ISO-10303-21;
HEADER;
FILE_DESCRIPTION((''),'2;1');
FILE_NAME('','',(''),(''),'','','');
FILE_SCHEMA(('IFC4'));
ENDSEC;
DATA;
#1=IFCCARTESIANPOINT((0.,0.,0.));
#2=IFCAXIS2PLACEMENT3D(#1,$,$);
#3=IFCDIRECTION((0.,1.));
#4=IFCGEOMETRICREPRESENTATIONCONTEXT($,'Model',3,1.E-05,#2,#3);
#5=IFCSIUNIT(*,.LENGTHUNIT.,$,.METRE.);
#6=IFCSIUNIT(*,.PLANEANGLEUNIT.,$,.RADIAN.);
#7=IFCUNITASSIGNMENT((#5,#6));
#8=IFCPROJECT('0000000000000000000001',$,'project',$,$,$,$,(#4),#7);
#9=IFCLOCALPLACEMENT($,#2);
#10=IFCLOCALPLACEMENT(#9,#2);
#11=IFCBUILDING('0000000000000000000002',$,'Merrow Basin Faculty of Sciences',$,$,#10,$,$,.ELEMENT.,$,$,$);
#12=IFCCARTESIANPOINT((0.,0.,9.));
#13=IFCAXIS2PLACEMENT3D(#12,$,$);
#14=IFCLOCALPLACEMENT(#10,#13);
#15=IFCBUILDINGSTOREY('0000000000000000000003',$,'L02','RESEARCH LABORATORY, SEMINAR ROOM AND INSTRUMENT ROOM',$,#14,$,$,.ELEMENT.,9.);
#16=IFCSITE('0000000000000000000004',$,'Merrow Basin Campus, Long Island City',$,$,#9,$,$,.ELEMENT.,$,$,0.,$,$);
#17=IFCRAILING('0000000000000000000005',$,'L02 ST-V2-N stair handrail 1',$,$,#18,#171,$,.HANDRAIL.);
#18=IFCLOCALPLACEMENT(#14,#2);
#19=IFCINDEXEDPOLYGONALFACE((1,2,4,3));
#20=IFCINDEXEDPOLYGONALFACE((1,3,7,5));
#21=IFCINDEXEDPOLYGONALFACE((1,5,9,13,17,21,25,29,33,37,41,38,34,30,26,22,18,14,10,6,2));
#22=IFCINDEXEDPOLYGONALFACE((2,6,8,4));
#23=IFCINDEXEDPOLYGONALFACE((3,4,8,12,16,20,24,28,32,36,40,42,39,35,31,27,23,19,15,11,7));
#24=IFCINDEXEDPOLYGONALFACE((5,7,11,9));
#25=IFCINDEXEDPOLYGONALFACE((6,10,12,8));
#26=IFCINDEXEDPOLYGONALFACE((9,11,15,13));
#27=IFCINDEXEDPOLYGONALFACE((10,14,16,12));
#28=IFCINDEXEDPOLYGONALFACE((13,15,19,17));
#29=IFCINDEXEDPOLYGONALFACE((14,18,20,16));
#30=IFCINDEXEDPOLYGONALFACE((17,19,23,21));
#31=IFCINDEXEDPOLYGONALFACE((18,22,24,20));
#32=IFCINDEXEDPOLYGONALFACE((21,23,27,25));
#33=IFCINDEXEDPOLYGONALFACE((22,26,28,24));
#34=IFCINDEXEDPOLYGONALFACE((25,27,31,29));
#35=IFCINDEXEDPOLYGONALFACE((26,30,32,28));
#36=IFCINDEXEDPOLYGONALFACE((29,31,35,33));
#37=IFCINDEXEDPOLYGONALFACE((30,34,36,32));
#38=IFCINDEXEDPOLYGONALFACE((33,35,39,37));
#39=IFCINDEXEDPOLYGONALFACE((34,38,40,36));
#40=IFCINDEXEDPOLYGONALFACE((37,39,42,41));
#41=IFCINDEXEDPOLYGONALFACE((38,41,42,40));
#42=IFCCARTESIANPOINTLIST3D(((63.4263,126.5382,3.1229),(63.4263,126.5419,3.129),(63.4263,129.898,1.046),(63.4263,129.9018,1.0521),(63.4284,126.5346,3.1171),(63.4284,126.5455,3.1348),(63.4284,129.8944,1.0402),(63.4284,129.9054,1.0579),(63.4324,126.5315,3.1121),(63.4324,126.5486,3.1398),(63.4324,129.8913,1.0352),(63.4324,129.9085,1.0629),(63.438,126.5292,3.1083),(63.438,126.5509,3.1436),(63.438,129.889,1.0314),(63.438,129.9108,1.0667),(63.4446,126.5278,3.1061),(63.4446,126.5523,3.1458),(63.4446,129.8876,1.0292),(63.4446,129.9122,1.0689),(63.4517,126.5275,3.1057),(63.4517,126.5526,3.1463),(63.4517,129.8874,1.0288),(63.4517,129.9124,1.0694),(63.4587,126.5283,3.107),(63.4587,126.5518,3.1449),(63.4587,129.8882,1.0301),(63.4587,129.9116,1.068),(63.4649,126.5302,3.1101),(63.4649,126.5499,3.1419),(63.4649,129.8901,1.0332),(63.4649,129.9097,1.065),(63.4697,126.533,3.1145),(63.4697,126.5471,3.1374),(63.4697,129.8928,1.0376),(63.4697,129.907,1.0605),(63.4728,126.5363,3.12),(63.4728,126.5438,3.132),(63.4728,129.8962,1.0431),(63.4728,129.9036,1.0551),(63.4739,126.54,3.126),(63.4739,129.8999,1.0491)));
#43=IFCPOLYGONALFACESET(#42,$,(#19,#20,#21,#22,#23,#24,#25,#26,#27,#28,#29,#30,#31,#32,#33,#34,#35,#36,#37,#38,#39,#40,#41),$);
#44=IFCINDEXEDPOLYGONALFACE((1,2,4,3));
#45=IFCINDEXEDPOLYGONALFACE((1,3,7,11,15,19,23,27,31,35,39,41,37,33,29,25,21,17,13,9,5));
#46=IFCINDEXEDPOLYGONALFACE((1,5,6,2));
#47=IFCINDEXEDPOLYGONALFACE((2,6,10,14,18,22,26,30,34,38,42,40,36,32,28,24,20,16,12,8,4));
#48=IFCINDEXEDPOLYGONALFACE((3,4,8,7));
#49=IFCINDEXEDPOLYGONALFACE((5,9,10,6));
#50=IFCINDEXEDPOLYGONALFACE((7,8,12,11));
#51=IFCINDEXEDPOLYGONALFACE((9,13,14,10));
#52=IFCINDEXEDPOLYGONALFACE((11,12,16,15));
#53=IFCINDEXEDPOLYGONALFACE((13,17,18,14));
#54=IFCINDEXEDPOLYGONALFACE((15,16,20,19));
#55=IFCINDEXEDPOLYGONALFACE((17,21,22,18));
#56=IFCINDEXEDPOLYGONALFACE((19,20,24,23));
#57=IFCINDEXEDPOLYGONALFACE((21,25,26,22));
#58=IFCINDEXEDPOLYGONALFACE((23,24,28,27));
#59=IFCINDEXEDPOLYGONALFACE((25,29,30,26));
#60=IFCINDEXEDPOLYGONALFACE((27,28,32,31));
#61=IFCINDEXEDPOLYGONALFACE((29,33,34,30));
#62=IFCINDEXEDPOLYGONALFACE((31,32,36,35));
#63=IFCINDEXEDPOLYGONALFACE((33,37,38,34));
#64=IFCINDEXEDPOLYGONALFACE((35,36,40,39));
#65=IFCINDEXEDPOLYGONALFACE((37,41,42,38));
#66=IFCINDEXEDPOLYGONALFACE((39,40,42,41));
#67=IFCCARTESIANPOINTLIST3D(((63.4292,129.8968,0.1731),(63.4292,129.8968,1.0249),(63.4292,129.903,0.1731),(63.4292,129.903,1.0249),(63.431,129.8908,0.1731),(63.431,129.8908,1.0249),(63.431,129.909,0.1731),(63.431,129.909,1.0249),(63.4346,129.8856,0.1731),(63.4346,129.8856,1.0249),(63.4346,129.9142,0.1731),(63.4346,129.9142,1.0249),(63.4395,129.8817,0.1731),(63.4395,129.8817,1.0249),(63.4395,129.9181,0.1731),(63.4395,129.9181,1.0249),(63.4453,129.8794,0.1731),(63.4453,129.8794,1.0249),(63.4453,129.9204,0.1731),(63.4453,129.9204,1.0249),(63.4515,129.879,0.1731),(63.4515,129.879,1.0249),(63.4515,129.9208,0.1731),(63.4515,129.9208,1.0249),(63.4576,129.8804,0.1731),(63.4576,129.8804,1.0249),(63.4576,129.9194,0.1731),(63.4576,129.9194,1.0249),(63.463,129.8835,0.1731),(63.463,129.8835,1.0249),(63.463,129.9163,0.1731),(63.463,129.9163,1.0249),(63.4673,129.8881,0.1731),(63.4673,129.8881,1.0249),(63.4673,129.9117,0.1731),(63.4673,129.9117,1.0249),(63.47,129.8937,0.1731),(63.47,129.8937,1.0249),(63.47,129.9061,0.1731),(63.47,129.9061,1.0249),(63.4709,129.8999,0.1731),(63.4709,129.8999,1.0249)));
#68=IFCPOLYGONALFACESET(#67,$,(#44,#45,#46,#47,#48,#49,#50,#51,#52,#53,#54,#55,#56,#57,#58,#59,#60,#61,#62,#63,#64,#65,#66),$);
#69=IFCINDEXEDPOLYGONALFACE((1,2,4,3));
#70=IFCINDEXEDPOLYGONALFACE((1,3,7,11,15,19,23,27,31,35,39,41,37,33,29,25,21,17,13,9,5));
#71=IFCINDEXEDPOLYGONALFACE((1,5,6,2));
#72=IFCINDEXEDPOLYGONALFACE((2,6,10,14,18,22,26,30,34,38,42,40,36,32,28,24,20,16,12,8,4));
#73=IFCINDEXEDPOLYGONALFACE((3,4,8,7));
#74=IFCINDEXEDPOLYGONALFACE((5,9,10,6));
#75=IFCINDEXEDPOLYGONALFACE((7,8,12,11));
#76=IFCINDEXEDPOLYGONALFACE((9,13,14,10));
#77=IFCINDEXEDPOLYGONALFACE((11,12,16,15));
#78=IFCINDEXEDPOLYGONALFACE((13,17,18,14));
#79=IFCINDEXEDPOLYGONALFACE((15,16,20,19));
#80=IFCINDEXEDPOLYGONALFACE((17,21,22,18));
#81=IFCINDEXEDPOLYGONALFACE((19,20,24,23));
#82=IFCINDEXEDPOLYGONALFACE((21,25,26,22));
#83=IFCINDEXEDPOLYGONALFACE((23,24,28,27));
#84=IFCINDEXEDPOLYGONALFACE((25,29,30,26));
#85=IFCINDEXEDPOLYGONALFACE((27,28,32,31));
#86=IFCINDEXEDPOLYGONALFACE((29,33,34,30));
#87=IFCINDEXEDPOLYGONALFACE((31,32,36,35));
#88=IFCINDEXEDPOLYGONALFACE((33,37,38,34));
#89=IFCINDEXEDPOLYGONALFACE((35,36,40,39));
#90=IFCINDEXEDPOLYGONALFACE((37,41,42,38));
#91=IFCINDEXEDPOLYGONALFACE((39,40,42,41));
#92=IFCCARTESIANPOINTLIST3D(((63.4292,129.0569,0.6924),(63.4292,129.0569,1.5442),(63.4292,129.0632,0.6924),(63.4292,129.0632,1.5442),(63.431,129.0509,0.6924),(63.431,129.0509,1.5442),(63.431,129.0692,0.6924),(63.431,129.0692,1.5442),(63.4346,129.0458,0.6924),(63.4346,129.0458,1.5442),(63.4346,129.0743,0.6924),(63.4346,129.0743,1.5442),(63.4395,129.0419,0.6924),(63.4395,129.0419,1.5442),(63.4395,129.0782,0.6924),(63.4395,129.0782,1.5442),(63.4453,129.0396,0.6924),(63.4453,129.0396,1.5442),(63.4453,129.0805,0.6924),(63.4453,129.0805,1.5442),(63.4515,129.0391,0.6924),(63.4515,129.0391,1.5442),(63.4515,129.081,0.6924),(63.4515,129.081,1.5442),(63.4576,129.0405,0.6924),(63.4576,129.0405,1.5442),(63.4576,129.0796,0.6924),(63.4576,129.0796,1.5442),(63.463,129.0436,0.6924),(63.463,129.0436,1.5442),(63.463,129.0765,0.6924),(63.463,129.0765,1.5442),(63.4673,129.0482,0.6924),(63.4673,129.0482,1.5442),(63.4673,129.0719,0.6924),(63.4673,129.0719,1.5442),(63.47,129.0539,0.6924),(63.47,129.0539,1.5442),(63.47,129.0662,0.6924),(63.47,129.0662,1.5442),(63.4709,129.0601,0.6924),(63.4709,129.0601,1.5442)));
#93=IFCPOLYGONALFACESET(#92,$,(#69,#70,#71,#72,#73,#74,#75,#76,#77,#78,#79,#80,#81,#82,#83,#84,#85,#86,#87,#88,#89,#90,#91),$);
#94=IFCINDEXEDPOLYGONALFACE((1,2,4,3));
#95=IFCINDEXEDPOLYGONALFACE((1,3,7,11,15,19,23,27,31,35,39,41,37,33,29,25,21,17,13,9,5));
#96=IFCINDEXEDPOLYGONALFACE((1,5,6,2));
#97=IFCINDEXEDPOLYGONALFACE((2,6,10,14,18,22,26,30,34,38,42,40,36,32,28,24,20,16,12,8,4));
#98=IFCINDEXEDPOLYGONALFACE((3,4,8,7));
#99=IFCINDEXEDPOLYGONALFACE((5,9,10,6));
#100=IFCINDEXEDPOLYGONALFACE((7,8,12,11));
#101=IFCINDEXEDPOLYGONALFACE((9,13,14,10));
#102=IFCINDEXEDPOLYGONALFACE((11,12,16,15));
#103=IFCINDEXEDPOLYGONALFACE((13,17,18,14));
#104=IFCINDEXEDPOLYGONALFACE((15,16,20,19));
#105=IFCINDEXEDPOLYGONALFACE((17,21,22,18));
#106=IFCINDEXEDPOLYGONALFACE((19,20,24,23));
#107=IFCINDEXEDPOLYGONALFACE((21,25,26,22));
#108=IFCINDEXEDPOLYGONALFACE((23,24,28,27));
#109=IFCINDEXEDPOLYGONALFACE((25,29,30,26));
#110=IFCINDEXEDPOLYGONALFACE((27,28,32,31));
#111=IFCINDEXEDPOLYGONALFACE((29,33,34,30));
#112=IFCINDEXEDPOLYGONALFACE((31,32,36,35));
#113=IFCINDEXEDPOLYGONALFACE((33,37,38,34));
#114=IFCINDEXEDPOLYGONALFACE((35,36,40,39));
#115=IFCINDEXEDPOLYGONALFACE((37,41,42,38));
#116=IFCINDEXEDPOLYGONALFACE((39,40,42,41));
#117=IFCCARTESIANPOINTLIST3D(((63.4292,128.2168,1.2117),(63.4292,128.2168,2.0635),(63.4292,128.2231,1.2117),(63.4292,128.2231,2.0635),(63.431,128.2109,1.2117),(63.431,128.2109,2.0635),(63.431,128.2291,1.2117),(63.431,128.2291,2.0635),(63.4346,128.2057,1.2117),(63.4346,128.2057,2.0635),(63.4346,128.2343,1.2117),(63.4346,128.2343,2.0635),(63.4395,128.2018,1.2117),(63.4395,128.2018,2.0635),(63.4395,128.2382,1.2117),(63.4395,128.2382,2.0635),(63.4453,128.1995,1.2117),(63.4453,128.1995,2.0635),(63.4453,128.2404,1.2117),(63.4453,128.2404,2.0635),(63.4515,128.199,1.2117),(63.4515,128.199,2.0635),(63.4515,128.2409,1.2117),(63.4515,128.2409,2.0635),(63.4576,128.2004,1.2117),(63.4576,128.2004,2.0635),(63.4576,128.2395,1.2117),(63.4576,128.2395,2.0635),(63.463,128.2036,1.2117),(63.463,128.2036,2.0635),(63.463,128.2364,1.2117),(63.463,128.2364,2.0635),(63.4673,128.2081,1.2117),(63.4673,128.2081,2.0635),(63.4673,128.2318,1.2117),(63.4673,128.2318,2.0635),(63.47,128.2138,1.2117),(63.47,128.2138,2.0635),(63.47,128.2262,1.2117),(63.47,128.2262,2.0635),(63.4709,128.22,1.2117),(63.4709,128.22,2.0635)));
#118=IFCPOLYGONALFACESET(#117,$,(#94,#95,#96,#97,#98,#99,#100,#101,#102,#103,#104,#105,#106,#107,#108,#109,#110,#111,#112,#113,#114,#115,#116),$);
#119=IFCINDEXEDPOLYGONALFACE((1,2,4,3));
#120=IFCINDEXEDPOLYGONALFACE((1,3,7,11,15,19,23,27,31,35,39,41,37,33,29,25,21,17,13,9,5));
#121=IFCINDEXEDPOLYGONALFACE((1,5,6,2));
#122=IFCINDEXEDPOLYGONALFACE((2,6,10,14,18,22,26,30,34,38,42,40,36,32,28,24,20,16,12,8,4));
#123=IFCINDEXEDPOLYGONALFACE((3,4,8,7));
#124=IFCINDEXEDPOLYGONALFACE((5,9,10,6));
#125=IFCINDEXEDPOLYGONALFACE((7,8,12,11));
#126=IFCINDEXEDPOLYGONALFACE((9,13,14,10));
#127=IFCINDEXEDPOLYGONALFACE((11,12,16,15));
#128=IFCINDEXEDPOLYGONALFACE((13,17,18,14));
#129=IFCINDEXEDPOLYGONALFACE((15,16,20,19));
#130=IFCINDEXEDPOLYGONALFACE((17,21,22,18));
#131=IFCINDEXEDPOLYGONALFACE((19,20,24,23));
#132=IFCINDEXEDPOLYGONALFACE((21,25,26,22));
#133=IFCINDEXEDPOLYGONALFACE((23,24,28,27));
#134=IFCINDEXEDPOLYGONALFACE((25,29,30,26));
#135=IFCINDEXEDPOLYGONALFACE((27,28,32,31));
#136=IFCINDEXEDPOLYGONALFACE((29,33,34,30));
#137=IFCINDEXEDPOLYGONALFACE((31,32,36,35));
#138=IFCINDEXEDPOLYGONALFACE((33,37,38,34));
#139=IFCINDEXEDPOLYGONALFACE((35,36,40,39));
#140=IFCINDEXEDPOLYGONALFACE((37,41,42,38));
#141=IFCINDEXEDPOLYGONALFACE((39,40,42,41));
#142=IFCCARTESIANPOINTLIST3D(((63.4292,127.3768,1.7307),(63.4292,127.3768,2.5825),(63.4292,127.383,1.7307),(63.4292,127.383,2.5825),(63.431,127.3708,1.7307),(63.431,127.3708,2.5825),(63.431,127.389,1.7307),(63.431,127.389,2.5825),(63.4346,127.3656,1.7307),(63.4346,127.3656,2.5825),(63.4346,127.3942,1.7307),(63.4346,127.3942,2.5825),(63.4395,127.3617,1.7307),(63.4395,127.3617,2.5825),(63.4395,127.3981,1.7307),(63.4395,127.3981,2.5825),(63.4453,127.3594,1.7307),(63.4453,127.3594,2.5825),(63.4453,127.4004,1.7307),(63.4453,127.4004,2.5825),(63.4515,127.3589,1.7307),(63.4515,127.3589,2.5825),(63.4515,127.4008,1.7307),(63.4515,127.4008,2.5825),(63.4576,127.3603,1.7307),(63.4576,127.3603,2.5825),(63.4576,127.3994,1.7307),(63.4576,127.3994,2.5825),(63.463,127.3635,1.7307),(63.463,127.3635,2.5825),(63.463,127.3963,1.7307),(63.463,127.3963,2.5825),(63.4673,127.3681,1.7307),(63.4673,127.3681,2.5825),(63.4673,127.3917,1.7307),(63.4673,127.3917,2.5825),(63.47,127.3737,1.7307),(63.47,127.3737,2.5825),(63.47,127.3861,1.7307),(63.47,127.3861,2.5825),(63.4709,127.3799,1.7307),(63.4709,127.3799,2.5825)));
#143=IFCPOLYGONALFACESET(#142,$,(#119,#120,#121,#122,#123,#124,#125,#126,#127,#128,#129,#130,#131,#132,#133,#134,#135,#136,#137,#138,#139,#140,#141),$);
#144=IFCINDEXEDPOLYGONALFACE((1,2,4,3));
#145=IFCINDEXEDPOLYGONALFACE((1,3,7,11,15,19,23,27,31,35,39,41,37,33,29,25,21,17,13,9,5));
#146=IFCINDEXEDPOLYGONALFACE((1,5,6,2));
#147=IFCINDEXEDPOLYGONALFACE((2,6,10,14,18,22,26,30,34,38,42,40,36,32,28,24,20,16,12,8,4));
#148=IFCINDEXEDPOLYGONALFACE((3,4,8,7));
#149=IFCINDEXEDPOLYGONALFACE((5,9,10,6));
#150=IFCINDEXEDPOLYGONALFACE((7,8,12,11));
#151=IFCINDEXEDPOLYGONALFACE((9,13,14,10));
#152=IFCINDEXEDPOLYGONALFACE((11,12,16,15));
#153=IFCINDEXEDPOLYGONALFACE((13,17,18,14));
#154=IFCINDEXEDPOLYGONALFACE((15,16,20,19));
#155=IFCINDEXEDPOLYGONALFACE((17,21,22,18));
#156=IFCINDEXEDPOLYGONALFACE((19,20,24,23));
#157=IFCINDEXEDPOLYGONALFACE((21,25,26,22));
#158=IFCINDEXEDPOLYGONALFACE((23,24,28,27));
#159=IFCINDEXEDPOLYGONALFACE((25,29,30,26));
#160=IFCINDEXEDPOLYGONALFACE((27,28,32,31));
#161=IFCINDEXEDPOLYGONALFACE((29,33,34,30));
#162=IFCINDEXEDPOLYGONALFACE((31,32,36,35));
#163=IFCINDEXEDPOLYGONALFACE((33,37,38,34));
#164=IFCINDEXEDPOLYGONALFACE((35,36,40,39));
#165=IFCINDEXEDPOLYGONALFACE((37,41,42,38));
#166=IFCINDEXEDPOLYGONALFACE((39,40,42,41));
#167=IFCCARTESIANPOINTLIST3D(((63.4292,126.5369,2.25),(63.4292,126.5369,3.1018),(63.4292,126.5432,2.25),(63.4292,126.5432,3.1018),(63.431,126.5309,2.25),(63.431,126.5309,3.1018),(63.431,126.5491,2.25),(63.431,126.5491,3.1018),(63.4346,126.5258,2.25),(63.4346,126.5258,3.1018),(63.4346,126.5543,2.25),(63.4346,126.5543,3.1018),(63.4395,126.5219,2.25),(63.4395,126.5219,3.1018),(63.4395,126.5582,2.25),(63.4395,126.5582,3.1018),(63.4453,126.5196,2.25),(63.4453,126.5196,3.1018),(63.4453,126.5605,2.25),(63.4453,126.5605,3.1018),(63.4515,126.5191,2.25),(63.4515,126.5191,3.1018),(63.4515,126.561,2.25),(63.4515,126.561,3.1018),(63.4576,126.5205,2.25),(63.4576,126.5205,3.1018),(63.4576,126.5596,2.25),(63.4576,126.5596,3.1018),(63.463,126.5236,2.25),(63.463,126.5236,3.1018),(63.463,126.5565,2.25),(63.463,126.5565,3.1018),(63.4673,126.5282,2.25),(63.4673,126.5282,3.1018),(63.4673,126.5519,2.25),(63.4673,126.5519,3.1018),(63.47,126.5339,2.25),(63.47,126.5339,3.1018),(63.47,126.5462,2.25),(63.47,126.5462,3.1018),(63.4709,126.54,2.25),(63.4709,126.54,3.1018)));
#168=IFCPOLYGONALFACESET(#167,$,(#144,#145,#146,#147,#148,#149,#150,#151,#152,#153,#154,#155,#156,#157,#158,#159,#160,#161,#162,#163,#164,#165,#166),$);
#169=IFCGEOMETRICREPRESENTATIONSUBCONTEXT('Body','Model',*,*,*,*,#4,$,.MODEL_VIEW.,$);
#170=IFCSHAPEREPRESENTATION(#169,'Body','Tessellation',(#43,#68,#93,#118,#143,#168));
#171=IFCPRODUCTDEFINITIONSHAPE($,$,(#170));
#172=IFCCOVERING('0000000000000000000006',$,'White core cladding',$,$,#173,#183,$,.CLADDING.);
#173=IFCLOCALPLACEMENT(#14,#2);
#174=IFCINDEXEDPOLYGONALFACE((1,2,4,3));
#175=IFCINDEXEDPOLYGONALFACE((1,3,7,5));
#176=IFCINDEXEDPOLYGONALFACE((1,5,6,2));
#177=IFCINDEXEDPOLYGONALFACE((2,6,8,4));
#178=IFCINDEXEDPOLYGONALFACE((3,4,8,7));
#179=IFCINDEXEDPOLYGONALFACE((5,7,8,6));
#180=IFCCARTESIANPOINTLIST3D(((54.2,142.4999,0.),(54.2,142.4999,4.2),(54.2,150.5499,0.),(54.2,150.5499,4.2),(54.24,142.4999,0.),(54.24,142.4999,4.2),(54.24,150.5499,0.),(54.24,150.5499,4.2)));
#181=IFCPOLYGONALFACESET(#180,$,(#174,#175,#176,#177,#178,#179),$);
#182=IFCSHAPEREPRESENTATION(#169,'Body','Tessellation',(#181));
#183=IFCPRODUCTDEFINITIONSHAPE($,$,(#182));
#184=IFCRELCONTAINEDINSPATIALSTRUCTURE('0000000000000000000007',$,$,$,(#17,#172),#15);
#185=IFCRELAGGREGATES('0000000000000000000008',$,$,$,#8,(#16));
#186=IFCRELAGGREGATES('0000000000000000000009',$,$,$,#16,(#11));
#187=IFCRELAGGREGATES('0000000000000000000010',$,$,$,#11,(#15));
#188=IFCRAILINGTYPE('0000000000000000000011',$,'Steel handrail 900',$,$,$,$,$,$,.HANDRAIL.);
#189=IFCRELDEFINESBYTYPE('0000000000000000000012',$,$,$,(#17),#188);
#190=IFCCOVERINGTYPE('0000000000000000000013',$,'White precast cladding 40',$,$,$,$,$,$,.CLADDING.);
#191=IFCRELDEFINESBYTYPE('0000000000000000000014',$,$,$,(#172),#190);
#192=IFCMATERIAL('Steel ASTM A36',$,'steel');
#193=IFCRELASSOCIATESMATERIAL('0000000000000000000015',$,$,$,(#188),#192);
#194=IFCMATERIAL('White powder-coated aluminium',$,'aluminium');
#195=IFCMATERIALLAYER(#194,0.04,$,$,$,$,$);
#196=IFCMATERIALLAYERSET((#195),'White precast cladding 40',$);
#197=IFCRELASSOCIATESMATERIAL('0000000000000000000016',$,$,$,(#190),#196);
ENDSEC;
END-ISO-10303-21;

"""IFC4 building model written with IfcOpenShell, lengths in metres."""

from ifc_helpers import new_model, si_unit, direction, frame, origin, origin_2d, place, context, subcontext, project, spatial, rectangle, circle, extrude, material, layer, layer_set, type_object, element, save


model = new_model("IFC4")

# Units and contexts
model_context = context("Model", 3, precision=1e-05, world=origin(), true_north=direction((0.0, 1.0)))
body_context = subcontext(model_context, "Body", "Model", "MODEL_VIEW")
ifc_project = project(units=[si_unit("LENGTHUNIT", "METRE"), si_unit("PLANEANGLEUNIT", "RADIAN")], contexts=[model_context])

# Site, building, storey
site_placement = place(None, origin())
site = spatial("IfcSite", under=ifc_project, at=site_placement, Name="Merrow Basin Campus, Long Island City", CompositionType="ELEMENT", RefElevation=0.0)
building_placement = place(site_placement, origin())
building = spatial("IfcBuilding", under=site, at=building_placement, Name="Merrow Basin Faculty of Sciences", CompositionType="ELEMENT")
storey_placement = place(building_placement, frame((0.0, 0.0, 9.0)))
storey = spatial("IfcBuildingStorey", under=building, at=storey_placement, Name="L02", Description="RESEARCH LABORATORY, SEMINAR ROOM AND INSTRUMENT ROOM", CompositionType="ELEMENT", Elevation=9.0)

# Railing
ifc_material_1 = material(Name="Steel ASTM A36", Category="steel")
railing_type_1 = type_object("IfcRailingType", Name="Steel handrail 900", PredefinedType="HANDRAIL", material=ifc_material_1)
railing_1_placement = place(storey_placement, frame((63.45, 129.8999, 0.1731)))
element("IfcRailing", 1, at=railing_1_placement, inside=storey, type_object=railing_type_1, Name="L02 ST-V2-N stair handrail 1", PredefinedType="HANDRAIL", context=body_context, shape_type="SweptSolid", body=[
    extrude(circle(Radius=0.0239, at=origin_2d()), frame((0.0, 0.0, 0.876), z_axis=(0.0, -0.850606, 0.525803), x_axis=(1.0, 0.0, 0.0)), (0.0, 0.0, 1.0), 3.95),
    extrude(circle(Radius=0.021, at=origin_2d()), origin(), (0.0, 0.0, 1.0), 0.8518),
    extrude(circle(Radius=0.021, at=origin_2d()), frame((0.0, -0.8398, 0.5193)), (0.0, 0.0, 1.0), 0.8518),
    extrude(circle(Radius=0.021, at=origin_2d()), frame((0.0, -1.6799, 1.0386)), (0.0, 0.0, 1.0), 0.8518),
    extrude(circle(Radius=0.021, at=origin_2d()), frame((0.0, -2.52, 1.5576)), (0.0, 0.0, 1.0), 0.8518),
    extrude(circle(Radius=0.021, at=origin_2d()), frame((0.0, -3.3599, 2.0769)), (0.0, 0.0, 1.0), 0.8518),
])

# Covering
ifc_material_2 = material(Name="White powder-coated aluminium", Category="aluminium")
ifc_layer_1 = layer(ifc_material_2, 0.04)
ifc_layer_set_1 = layer_set([ifc_layer_1], Name="White precast cladding 40")
covering_type_1 = type_object("IfcCoveringType", Name="White precast cladding 40", PredefinedType="CLADDING", material=ifc_layer_set_1)
covering_placement = place(storey_placement, frame((54.22, 146.5249, 0.0), z_axis=(0.0, 0.0, 1.0), x_axis=(1.0, 0.0, 0.0)))
element("IfcCovering", 2, at=covering_placement, inside=storey, type_object=covering_type_1, Name="White core cladding", PredefinedType="CLADDING", context=body_context, shape_type="SweptSolid", body=[
    extrude(rectangle(XDim=0.04, YDim=8.05, at=origin_2d()), origin(), (0.0, 0.0, 1.0), 4.2),
])

save(model, "model.ifc")
